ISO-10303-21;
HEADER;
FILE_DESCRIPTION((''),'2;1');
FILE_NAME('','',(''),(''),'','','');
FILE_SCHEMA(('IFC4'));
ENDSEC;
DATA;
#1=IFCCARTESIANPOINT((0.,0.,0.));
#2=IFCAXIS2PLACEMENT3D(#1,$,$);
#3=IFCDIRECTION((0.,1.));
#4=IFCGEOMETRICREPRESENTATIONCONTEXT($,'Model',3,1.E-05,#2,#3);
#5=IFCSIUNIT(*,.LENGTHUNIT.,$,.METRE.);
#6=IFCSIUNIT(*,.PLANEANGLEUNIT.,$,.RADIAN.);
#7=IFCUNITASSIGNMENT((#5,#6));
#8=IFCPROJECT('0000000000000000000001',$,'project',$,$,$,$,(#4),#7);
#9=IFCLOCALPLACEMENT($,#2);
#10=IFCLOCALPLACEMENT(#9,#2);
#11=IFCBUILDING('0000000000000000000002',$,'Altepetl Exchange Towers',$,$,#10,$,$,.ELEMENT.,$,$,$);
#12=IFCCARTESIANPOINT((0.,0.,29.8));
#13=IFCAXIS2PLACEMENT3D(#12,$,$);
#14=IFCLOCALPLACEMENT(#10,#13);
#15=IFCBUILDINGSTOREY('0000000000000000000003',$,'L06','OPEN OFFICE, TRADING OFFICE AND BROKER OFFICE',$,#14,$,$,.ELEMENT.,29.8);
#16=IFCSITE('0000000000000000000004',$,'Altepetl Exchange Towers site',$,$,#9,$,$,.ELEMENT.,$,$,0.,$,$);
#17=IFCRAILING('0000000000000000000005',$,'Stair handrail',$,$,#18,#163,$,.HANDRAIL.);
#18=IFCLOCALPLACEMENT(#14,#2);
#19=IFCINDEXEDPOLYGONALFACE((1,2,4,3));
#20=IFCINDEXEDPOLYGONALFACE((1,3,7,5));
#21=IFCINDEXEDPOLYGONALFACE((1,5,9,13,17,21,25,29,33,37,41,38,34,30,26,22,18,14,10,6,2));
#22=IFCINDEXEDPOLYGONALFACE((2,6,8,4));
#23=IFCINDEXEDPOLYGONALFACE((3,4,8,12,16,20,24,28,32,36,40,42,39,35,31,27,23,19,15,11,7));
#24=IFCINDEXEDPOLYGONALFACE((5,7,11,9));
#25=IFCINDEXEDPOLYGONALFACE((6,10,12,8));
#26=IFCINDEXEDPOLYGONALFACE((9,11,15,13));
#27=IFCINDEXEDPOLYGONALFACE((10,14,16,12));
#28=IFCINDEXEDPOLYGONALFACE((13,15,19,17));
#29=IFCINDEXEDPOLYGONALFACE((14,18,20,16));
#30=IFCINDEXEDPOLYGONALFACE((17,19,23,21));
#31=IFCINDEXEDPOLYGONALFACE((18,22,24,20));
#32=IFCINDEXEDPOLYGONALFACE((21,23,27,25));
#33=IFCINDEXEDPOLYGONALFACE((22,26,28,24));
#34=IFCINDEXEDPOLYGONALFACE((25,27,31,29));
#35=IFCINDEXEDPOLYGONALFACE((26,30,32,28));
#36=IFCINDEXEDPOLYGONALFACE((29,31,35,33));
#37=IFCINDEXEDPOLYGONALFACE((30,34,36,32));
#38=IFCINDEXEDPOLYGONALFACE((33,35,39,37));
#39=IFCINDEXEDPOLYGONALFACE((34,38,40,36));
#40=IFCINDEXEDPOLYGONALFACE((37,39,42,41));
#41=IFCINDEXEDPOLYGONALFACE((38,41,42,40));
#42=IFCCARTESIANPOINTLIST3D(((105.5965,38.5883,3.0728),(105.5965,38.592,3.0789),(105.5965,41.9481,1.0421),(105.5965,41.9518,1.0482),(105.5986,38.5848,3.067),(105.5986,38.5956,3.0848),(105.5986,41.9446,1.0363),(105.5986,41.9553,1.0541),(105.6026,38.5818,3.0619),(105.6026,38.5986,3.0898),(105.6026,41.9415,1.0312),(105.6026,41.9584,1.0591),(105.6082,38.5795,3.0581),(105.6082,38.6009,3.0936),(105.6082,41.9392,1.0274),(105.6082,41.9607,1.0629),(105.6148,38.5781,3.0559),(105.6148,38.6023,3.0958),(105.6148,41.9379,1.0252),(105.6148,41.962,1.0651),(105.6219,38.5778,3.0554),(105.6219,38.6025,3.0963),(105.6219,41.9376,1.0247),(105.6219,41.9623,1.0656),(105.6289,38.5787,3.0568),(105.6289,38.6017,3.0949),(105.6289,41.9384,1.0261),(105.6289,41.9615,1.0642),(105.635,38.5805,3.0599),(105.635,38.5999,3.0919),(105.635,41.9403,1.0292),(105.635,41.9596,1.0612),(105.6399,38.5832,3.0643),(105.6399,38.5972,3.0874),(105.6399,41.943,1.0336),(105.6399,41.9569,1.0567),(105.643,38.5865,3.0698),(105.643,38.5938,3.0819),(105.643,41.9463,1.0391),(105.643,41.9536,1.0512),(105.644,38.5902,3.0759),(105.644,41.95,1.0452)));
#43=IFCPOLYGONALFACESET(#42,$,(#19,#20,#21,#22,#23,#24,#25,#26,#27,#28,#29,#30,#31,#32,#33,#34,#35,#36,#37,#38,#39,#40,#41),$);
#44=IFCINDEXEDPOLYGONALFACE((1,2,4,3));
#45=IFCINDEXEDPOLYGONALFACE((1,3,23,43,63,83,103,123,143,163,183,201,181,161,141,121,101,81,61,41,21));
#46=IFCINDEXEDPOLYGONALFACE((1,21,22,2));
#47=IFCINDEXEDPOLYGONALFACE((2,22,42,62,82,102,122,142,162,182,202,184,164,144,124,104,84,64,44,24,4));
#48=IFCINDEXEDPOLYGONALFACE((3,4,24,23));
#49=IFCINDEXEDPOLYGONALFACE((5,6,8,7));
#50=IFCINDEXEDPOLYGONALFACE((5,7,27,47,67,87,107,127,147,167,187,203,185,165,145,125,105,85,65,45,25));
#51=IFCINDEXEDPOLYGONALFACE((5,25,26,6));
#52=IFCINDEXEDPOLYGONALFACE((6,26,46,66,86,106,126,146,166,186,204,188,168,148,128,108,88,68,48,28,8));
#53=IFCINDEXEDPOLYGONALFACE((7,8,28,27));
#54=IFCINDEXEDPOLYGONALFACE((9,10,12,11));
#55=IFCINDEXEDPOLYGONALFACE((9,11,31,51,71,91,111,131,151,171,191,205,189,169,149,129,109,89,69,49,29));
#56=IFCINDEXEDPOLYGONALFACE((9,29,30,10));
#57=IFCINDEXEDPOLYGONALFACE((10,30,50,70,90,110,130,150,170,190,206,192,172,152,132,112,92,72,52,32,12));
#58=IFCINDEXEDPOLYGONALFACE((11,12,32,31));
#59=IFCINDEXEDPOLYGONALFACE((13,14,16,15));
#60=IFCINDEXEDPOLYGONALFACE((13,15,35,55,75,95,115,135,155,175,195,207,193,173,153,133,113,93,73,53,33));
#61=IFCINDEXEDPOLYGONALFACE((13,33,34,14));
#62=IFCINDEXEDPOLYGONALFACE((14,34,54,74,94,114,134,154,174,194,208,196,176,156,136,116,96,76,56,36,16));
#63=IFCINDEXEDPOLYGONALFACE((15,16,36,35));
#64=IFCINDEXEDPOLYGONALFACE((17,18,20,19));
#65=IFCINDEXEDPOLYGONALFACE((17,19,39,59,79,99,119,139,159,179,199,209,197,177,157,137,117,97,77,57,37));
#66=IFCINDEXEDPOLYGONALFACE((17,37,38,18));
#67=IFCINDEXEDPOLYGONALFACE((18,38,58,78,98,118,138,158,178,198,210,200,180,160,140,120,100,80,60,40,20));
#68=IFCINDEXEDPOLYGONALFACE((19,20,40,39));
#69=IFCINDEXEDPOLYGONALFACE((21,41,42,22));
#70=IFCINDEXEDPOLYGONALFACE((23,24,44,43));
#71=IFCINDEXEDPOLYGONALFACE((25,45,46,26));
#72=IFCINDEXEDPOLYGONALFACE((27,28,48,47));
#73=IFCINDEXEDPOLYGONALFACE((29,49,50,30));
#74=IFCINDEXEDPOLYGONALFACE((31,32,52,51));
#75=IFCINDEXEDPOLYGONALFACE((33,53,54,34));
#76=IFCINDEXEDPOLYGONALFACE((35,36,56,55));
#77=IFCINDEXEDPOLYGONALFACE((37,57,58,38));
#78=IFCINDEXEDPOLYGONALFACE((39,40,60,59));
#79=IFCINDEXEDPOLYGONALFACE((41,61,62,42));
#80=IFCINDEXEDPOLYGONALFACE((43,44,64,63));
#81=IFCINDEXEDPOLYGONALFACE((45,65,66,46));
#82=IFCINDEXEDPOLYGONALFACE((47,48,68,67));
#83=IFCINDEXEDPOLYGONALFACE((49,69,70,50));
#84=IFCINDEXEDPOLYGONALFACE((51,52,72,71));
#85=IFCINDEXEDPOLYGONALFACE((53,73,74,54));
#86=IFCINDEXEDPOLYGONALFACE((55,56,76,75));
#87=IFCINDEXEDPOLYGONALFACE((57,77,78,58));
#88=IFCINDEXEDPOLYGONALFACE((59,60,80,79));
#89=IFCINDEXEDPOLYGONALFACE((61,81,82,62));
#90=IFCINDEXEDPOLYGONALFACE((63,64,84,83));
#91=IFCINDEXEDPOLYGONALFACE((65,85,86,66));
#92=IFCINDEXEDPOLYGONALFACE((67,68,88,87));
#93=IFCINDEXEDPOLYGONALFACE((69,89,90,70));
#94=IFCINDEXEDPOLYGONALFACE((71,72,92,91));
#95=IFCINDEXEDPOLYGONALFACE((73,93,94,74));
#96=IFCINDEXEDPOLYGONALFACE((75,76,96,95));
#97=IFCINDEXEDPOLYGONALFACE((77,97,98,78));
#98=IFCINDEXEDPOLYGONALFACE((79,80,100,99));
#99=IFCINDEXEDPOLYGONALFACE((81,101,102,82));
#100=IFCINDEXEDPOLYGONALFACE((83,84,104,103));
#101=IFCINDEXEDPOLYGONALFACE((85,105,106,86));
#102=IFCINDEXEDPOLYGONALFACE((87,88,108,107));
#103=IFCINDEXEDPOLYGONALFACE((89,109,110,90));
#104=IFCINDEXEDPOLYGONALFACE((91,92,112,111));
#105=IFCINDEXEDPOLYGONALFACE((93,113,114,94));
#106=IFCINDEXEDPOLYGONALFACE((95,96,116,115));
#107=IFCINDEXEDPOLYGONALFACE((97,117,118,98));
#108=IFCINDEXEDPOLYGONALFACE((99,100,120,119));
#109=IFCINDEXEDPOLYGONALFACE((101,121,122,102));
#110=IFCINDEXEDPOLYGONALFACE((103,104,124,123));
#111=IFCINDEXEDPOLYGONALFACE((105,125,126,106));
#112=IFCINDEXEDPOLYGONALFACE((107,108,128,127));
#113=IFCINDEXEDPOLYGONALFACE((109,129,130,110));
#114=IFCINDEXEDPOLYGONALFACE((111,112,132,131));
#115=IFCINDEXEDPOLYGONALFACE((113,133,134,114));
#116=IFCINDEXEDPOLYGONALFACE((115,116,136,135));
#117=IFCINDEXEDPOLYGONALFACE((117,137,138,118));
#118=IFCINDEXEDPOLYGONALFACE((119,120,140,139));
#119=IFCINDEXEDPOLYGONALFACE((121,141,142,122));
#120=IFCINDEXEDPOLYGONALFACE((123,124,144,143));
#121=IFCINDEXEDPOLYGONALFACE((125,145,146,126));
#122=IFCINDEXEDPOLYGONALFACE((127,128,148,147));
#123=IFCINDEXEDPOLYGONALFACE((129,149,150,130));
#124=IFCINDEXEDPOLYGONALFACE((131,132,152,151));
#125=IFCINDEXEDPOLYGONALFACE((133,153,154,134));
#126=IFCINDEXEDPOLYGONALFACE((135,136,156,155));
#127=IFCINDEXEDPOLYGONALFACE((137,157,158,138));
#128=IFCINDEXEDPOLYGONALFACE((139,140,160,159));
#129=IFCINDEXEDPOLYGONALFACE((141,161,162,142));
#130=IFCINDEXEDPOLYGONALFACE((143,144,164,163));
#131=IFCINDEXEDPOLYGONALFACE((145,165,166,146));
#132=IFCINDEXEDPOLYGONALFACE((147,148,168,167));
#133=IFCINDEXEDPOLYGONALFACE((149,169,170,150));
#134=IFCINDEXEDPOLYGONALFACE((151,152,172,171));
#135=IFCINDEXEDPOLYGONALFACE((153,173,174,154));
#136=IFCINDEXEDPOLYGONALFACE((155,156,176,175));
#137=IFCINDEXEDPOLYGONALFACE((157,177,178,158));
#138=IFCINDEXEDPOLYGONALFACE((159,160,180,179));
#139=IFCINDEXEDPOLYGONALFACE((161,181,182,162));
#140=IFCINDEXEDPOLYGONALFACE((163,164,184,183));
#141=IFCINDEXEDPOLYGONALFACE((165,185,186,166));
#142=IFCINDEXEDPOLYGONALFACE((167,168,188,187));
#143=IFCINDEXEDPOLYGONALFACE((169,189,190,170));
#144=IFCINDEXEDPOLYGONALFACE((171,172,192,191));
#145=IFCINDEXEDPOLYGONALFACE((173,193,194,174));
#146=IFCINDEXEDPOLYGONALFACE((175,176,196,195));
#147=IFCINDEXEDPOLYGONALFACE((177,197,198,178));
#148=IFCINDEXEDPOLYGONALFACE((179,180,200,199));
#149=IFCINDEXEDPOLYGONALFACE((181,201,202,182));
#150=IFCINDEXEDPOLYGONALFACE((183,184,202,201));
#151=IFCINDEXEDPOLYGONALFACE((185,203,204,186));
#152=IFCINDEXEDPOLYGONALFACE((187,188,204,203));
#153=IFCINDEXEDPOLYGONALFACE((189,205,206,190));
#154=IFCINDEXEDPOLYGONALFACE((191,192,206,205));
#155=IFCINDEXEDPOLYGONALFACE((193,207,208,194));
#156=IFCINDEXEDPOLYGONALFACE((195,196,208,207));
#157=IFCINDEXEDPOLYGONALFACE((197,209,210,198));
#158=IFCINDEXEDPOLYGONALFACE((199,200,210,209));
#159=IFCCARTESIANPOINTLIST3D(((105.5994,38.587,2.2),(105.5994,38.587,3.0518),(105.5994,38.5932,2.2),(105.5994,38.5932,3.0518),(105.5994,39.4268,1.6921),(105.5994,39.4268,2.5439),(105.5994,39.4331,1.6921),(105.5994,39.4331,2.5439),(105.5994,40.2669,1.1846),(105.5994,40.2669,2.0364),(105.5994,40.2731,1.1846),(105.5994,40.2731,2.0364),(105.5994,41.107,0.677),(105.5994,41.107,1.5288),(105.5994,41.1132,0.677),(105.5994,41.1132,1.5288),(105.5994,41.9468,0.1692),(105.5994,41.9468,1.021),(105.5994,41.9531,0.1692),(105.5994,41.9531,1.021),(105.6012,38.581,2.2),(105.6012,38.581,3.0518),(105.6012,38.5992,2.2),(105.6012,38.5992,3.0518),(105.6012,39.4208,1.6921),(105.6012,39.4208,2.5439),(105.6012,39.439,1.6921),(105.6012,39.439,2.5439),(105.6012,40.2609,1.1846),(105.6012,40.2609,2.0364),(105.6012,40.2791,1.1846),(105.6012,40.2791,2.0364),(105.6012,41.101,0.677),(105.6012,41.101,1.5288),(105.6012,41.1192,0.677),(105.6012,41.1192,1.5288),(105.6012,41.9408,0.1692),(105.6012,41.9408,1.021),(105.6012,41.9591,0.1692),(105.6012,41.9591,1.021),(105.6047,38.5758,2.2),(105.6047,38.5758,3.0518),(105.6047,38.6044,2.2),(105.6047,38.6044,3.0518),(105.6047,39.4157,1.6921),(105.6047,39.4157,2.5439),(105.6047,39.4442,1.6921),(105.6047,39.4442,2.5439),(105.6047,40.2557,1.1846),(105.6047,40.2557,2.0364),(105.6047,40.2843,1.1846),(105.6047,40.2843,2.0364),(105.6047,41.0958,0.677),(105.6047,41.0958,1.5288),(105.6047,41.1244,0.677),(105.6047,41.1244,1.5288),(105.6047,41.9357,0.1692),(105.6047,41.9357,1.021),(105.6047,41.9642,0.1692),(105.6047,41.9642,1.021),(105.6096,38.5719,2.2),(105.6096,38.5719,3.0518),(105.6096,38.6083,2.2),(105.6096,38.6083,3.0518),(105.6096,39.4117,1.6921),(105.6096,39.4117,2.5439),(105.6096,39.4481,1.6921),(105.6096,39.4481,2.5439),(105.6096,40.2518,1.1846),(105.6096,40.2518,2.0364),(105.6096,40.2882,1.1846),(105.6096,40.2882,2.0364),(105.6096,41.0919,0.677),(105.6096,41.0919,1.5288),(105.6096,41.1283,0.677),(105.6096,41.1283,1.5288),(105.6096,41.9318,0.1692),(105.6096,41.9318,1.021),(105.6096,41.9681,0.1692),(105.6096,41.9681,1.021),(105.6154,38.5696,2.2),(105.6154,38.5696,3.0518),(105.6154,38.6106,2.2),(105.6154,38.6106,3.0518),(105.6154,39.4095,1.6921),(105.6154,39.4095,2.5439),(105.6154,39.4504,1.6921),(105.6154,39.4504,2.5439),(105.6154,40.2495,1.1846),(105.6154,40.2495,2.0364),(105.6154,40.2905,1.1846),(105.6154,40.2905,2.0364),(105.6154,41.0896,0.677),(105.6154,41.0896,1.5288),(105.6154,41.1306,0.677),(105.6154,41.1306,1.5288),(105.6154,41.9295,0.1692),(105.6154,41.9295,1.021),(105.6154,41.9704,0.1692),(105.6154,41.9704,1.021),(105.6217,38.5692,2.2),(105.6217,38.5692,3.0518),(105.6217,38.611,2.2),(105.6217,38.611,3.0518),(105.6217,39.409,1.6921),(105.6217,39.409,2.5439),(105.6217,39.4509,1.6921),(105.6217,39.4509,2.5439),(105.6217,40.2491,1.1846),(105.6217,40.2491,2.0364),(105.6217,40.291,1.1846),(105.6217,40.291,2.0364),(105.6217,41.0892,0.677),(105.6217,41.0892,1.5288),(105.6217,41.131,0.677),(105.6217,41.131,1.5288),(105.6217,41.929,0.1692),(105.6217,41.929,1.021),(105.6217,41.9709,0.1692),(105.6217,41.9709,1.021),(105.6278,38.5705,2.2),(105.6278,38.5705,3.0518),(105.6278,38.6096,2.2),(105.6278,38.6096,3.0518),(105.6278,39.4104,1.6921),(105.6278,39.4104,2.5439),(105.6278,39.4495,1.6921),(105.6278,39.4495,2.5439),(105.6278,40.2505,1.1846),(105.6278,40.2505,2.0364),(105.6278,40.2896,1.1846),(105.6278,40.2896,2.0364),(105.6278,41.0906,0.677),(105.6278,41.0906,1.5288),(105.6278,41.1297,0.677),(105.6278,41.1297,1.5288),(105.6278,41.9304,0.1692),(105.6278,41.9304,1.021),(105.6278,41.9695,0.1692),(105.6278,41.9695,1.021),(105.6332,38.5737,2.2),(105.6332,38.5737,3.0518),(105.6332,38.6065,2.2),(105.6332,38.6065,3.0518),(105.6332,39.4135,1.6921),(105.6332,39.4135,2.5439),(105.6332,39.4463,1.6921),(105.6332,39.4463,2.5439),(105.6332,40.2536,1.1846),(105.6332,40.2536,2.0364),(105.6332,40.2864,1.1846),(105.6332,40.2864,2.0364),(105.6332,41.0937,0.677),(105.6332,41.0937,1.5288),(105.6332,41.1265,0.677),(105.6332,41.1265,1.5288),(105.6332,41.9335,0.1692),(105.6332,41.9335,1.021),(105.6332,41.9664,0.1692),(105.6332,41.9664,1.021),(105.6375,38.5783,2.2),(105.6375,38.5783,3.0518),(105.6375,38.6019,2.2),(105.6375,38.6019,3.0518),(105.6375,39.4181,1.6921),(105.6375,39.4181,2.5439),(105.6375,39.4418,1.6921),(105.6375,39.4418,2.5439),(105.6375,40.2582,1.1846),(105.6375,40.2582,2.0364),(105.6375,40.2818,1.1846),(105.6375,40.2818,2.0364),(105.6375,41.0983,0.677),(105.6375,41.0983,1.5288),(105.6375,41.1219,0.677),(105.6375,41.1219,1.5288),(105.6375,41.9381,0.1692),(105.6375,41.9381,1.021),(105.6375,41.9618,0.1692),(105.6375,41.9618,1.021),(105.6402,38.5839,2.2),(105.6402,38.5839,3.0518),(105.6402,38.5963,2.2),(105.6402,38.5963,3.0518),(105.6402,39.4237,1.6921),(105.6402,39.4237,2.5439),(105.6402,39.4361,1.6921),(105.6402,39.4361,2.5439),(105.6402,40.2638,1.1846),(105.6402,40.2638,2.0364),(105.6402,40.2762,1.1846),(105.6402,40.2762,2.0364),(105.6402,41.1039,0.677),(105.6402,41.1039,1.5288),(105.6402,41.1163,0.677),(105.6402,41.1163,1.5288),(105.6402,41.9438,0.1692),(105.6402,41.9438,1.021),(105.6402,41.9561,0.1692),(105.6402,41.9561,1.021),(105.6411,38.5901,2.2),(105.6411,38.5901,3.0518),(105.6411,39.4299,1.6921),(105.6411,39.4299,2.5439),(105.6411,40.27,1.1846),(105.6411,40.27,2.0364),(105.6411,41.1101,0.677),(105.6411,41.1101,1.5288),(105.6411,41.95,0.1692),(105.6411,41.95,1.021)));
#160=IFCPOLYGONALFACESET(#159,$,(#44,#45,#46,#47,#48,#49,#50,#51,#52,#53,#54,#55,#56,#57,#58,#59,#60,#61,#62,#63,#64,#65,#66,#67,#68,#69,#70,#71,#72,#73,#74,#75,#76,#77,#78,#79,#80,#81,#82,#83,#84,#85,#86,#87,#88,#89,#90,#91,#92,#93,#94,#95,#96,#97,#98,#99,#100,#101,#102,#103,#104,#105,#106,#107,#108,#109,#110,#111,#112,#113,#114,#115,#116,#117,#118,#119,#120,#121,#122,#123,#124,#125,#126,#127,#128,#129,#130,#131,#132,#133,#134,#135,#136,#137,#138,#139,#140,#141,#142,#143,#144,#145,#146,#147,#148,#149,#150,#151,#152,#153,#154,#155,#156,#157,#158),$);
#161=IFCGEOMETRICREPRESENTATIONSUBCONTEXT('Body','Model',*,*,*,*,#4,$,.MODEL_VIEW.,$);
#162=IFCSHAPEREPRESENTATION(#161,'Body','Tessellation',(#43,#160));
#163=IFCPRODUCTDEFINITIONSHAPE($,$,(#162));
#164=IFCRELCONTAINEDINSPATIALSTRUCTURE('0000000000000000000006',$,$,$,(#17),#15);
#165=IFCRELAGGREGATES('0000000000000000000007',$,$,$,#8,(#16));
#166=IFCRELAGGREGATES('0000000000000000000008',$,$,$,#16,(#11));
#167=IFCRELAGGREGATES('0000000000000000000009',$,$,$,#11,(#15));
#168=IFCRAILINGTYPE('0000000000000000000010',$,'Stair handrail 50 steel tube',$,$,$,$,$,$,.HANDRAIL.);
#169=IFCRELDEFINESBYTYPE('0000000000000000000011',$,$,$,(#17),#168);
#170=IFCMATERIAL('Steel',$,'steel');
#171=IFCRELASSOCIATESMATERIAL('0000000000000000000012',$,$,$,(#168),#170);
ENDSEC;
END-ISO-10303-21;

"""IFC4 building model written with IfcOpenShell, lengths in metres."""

from ifc_helpers import new_model, si_unit, direction, frame, origin, origin_2d, place, context, subcontext, project, spatial, circle, extrude, source, transform, mapped, material, type_object, element, save


model = new_model("IFC4")

# Units and contexts
model_context = context("Model", 3, precision=1e-05, world=origin(), true_north=direction((0.0, 1.0)))
body_context = subcontext(model_context, "Body", "Model", "MODEL_VIEW")
ifc_project = project(units=[si_unit("LENGTHUNIT", "METRE"), si_unit("PLANEANGLEUNIT", "RADIAN")], contexts=[model_context])

# Site, building, storey
site_placement = place(None, origin())
site = spatial("IfcSite", under=ifc_project, at=site_placement, Name="Altepetl Exchange Towers site", CompositionType="ELEMENT", RefElevation=0.0)
building_placement = place(site_placement, origin())
building = spatial("IfcBuilding", under=site, at=building_placement, Name="Altepetl Exchange Towers", CompositionType="ELEMENT")
storey_placement = place(building_placement, frame((0.0, 0.0, 29.8)))
storey = spatial("IfcBuildingStorey", under=building, at=storey_placement, Name="L06", Description="OPEN OFFICE, TRADING OFFICE AND BROKER OFFICE", CompositionType="ELEMENT", Elevation=29.8)

# Railing
ifc_material_1 = material(Name="Steel", Category="steel")
railing_type = type_object("IfcRailingType", Name="Stair handrail 50 steel tube", PredefinedType="HANDRAIL", material=ifc_material_1)
shared_shape = source(origin(), body_context, "Body", "SweptSolid", [
    extrude(circle(Radius=0.021, at=origin_2d()), origin(), (0.0, 0.0, 1.0), 0.8518),
])
railing_1_placement = place(storey_placement, frame((105.6201, 41.95, 0.1692)))
element("IfcRailing", 1, at=railing_1_placement, inside=storey, type_object=railing_type, Name="Stair handrail", PredefinedType="HANDRAIL", context=body_context, shape_type="SweptSolid", body=[
    extrude(circle(Radius=0.0239, at=origin_2d()), frame((0.0, 0.0, 0.876), z_axis=(0.0, -0.85582, 0.517273), x_axis=(1.0, 0.0, 0.0)), (0.0, 0.0, 1.0), 3.9258),
    mapped(shared_shape, transform((0.0, 0.0, 0.0))),
    mapped(shared_shape, transform((0.0, -0.8398, 0.5078))),
    mapped(shared_shape, transform((0.0, -1.6799, 1.0154))),
    mapped(shared_shape, transform((0.0, -2.52, 1.5229))),
    mapped(shared_shape, transform((0.0, -3.3599, 2.0308))),
])

save(model, "model.ifc")
